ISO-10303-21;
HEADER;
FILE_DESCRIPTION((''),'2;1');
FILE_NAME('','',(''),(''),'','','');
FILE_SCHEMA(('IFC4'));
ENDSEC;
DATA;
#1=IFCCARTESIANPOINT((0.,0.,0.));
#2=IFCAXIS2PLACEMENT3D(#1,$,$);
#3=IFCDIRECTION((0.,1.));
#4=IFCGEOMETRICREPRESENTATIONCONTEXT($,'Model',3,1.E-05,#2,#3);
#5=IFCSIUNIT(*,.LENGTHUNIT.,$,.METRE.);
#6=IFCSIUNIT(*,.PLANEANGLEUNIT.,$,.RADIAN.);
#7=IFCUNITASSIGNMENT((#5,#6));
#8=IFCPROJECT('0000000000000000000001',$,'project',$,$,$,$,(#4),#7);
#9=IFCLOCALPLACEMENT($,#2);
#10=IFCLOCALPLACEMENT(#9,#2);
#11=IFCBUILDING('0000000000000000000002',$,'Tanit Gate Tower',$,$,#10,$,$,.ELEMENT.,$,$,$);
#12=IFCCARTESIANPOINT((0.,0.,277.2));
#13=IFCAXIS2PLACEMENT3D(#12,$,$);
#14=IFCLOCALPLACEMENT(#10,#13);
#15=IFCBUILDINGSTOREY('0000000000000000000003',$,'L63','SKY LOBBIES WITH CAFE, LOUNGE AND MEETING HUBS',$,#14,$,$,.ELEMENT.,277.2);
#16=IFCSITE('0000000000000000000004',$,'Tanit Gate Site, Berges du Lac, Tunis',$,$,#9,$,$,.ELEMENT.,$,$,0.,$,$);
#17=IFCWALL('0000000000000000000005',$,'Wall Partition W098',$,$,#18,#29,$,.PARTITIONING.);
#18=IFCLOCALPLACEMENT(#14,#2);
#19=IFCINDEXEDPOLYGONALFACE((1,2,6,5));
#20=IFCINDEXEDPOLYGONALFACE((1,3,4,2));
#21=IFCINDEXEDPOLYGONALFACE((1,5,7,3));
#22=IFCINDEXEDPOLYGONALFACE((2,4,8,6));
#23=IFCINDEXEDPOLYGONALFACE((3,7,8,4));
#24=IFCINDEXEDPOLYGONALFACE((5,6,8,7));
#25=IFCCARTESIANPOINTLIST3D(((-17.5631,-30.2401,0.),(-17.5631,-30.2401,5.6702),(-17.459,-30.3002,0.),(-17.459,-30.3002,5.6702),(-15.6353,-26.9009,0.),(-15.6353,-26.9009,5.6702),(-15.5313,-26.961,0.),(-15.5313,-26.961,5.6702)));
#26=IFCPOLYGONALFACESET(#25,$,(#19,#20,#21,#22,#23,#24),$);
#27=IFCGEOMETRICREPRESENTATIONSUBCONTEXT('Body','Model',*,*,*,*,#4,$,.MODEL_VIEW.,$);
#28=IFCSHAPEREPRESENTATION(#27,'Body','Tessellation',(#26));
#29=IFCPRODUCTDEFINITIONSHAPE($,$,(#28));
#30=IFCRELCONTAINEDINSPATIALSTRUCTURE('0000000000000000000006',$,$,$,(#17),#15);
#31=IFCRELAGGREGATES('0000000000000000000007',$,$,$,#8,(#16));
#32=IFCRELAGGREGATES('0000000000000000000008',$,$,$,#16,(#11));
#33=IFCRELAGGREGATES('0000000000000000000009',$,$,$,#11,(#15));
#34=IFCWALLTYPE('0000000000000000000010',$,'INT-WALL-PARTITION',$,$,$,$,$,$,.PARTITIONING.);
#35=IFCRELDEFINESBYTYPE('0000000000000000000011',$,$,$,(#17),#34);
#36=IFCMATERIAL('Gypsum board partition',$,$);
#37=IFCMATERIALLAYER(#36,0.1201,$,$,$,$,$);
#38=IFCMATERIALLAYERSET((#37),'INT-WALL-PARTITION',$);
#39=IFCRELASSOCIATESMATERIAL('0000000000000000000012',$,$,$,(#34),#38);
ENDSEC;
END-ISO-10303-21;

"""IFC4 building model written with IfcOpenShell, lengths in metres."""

from ifc_helpers import new_model, si_unit, direction, frame, frame_2d, origin, place, context, subcontext, project, spatial, rectangle, extrude, material, layer, layer_set, type_object, element, save


model = new_model("IFC4")

# Units and contexts
model_context = context("Model", 3, precision=1e-05, world=origin(), true_north=direction((0.0, 1.0)))
body_context = subcontext(model_context, "Body", "Model", "MODEL_VIEW")
ifc_project = project(units=[si_unit("LENGTHUNIT", "METRE"), si_unit("PLANEANGLEUNIT", "RADIAN")], contexts=[model_context])

# Site, building, storey
site_placement = place(None, origin())
site = spatial("IfcSite", under=ifc_project, at=site_placement, Name="Tanit Gate Site, Berges du Lac, Tunis", CompositionType="ELEMENT", RefElevation=0.0)
building_placement = place(site_placement, origin())
building = spatial("IfcBuilding", under=site, at=building_placement, Name="Tanit Gate Tower", CompositionType="ELEMENT")
storey_placement = place(building_placement, frame((0.0, 0.0, 277.2)))
storey = spatial("IfcBuildingStorey", under=building, at=storey_placement, Name="L63", Description="SKY LOBBIES WITH CAFE, LOUNGE AND MEETING HUBS", CompositionType="ELEMENT", Elevation=277.2)

# Wall
ifc_material_1 = material(Name="Gypsum board partition")
ifc_layer_1 = layer(ifc_material_1, 0.1201)
ifc_layer_set_1 = layer_set([ifc_layer_1], Name="INT-WALL-PARTITION")
wall_type = type_object("IfcWallType", Name="INT-WALL-PARTITION", PredefinedType="PARTITIONING", material=ifc_layer_set_1)
wall_1_placement = place(storey_placement, frame((-17.511, -30.27, 0.0), z_axis=(0.0, 0.0, 1.0), x_axis=(0.49998, 0.866037, 0.0)))
element("IfcWall", 1, at=wall_1_placement, inside=storey, type_object=wall_type, Name="Wall Partition W098", PredefinedType="PARTITIONING", context=body_context, shape_type="SweptSolid", body=[
    extrude(rectangle(XDim=3.8557, YDim=0.1201, at=frame_2d((1.9277, 0.0))), origin(), (0.0, 0.0, 1.0), 5.6702),
])

save(model, "model.ifc")
